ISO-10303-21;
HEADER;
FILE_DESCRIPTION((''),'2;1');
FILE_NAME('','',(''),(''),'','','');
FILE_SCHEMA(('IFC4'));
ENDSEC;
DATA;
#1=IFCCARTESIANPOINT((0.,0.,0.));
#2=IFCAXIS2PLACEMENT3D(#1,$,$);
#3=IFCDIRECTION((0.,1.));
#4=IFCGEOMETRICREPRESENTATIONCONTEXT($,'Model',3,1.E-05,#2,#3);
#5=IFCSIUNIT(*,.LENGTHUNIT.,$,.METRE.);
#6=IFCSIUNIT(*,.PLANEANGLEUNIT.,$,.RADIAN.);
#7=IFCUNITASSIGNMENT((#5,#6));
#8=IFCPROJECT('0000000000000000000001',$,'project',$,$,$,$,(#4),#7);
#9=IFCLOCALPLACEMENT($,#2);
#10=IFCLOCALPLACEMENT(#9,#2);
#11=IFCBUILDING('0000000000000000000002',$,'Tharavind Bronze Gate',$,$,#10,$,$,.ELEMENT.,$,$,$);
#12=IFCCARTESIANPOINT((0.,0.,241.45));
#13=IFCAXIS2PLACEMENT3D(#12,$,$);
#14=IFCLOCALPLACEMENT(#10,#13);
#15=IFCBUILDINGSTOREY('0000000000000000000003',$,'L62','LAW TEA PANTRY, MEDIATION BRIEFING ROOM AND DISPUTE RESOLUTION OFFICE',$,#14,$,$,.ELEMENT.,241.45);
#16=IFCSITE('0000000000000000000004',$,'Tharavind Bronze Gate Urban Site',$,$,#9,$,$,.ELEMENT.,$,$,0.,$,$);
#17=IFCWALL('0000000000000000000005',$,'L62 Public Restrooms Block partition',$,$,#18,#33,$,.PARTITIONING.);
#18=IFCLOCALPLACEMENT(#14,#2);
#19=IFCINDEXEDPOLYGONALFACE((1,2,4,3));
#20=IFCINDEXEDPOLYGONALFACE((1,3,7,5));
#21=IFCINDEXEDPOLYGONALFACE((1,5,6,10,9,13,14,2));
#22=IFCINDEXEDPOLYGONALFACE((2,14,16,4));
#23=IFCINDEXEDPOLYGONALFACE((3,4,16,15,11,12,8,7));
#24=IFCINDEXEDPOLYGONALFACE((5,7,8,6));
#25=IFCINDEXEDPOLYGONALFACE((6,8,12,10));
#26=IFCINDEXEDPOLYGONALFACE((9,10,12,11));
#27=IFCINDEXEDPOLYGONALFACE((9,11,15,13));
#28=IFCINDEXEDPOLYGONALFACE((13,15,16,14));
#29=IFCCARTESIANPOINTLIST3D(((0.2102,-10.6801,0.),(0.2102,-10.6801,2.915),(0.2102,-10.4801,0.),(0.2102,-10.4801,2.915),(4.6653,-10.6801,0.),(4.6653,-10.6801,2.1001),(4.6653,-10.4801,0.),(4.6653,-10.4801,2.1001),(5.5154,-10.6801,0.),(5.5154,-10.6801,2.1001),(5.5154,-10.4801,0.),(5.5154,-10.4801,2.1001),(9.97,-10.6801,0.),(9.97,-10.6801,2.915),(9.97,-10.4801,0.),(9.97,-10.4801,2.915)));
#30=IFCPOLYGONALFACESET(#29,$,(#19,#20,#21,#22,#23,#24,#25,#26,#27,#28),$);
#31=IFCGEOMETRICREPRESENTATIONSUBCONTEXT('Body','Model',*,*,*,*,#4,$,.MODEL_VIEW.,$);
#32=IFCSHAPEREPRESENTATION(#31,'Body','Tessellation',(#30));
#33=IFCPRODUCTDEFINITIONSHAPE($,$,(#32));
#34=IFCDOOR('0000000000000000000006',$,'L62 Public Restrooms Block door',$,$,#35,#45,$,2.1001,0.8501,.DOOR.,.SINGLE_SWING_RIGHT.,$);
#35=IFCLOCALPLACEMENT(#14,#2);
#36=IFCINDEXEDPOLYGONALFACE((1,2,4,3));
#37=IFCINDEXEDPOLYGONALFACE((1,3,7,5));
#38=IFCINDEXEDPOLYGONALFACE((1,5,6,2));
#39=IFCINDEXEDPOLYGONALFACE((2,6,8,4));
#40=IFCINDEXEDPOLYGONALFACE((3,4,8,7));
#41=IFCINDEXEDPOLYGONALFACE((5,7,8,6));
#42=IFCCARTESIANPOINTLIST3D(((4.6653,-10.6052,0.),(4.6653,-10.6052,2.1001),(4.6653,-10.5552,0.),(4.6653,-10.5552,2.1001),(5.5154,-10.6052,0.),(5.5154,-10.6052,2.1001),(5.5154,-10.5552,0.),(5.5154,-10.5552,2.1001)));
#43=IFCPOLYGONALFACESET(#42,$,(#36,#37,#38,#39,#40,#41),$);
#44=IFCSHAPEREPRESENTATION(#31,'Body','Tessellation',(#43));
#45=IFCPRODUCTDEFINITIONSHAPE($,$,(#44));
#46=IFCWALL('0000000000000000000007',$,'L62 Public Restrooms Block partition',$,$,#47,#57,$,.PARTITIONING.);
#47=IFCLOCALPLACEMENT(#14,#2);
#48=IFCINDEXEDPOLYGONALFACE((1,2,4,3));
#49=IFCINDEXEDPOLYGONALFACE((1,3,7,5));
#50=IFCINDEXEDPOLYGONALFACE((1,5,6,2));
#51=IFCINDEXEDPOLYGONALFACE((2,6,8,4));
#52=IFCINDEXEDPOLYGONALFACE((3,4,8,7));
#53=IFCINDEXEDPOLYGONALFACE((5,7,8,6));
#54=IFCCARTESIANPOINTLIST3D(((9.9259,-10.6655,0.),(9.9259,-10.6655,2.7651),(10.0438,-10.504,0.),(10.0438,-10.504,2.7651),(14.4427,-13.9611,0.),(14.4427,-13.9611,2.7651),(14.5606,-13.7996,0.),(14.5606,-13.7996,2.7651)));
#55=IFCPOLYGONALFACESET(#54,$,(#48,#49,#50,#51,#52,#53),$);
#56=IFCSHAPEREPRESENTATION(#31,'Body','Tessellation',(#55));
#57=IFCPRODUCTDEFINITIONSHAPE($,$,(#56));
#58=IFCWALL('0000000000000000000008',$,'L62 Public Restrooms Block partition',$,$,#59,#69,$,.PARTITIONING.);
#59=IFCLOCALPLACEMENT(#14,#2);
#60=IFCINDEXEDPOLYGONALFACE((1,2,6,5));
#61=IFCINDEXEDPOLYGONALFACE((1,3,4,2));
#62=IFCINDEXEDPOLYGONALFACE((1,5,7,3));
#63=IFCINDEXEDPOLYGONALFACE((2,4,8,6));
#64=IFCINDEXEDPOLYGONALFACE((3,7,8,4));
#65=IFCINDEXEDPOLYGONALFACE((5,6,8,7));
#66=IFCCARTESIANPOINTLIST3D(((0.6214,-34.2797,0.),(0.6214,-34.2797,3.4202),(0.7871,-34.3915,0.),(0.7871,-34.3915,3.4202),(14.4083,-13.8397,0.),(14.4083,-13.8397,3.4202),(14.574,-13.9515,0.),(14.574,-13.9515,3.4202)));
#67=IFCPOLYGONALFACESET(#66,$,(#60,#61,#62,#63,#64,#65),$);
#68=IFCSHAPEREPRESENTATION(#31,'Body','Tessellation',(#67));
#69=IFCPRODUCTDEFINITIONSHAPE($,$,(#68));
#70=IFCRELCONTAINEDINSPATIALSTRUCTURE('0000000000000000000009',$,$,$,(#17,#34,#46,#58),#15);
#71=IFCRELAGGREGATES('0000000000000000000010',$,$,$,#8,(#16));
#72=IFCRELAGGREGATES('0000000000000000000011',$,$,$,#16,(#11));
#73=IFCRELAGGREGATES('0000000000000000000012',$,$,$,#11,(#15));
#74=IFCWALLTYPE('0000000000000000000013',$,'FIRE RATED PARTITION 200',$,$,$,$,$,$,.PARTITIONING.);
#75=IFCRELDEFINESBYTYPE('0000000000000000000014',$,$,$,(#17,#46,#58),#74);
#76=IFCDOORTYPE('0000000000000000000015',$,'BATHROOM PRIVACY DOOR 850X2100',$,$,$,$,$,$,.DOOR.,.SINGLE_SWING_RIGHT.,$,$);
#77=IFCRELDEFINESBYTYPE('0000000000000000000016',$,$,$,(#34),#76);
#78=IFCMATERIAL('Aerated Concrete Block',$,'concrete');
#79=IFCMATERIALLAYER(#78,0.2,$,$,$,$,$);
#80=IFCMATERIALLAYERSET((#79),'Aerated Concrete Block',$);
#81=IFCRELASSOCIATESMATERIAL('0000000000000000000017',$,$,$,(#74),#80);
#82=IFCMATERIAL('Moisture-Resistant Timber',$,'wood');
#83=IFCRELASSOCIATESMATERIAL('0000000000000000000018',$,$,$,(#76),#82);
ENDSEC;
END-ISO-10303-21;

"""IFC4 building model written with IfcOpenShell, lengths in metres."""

from ifc_helpers import new_model, si_unit, direction, frame, frame_2d, origin, place, context, subcontext, project, spatial, rectangle, extrude, material, layer, layer_set, type_object, element, fill, save


model = new_model("IFC4")

# Units and contexts
model_context = context("Model", 3, precision=1e-05, world=origin(), true_north=direction((0.0, 1.0)))
body_context = subcontext(model_context, "Body", "Model", "MODEL_VIEW")
ifc_project = project(units=[si_unit("LENGTHUNIT", "METRE"), si_unit("PLANEANGLEUNIT", "RADIAN")], contexts=[model_context])

# Site, building, storey
site_placement = place(None, origin())
site = spatial("IfcSite", under=ifc_project, at=site_placement, Name="Tharavind Bronze Gate Urban Site", CompositionType="ELEMENT", RefElevation=0.0)
building_placement = place(site_placement, origin())
building = spatial("IfcBuilding", under=site, at=building_placement, Name="Tharavind Bronze Gate", CompositionType="ELEMENT")
storey_placement = place(building_placement, frame((0.0, 0.0, 241.45)))
storey = spatial("IfcBuildingStorey", under=building, at=storey_placement, Name="L62", Description="LAW TEA PANTRY, MEDIATION BRIEFING ROOM AND DISPUTE RESOLUTION OFFICE", CompositionType="ELEMENT", Elevation=241.45)

# Shared definitions
ifc_material_1 = material(Name="Aerated Concrete Block", Category="concrete")
ifc_layer_1 = layer(ifc_material_1, 0.2)
ifc_layer_set_1 = layer_set([ifc_layer_1], Name="Aerated Concrete Block")
wall_type = type_object("IfcWallType", Name="FIRE RATED PARTITION 200", PredefinedType="PARTITIONING", material=ifc_layer_set_1)

# Wall, opening, door
wall_1_placement = place(storey_placement, frame((0.2102, -10.5801, 0.0), z_axis=(0.0, 0.0, 1.0), x_axis=(1.0, 0.0, 0.0)))
wall_1 = element("IfcWall", 1, at=wall_1_placement, inside=storey, type_object=wall_type, Name="L62 Public Restrooms Block partition", PredefinedType="PARTITIONING", context=body_context, shape_type="SweptSolid", body=[
    extrude(rectangle(XDim=9.7598, YDim=0.2, at=frame_2d((4.8799, 0.0))), origin(), (0.0, 0.0, 1.0), 2.915),
])
opening_placement = place(wall_1_placement, frame((4.4551, 0.0, 0.0)))
opening = element("IfcOpeningElement", 2, at=opening_placement, cuts=wall_1, PredefinedType="OPENING", context=body_context, shape_type="SweptSolid", body=[
    extrude(rectangle(XDim=0.8501, YDim=2.1001, at=frame_2d((0.425, 1.05))), frame((0.0, 0.1101, 0.0), z_axis=(0.0, -1.0, 0.0), x_axis=(1.0, 0.0, 0.0)), (0.0, 0.0, 1.0), 0.22),
])
ifc_material_2 = material(Name="Moisture-Resistant Timber", Category="wood")
door_type = type_object("IfcDoorType", Name="BATHROOM PRIVACY DOOR 850X2100", OperationType="SINGLE_SWING_RIGHT", PredefinedType="DOOR", material=ifc_material_2)
door_placement = place(opening_placement, origin())
door = element("IfcDoor", 3, at=door_placement, inside=storey, type_object=door_type, Name="L62 Public Restrooms Block door", OperationType="SINGLE_SWING_RIGHT", OverallHeight=2.1001, OverallWidth=0.8501, PredefinedType="DOOR", context=body_context, shape_type="SweptSolid", body=[
    extrude(rectangle(XDim=0.8501, YDim=2.1001, at=frame_2d((0.425, 1.05))), frame((0.0, 0.0249, 0.0), z_axis=(0.0, -1.0, 0.0), x_axis=(1.0, 0.0, 0.0)), (0.0, 0.0, 1.0), 0.05),
])
fill(opening, door)

# Walls
wall_2_placement = place(storey_placement, frame((9.9849, -10.5847, 0.0), z_axis=(0.0, 0.0, 1.0), x_axis=(0.807827, -0.58942, 0.0)))
element("IfcWall", 4, at=wall_2_placement, inside=storey, type_object=wall_type, Name="L62 Public Restrooms Block partition", PredefinedType="PARTITIONING", context=body_context, shape_type="SweptSolid", body=[
    extrude(rectangle(XDim=5.5913, YDim=0.2, at=frame_2d((2.7957, 0.0))), origin(), (0.0, 0.0, 1.0), 2.7651),
])
wall_3_placement = place(storey_placement, frame((14.4912, -13.8955, 0.0), z_axis=(0.0, 0.0, 1.0), x_axis=(-0.559192, -0.829039, 0.0)))
element("IfcWall", 5, at=wall_3_placement, inside=storey, type_object=wall_type, Name="L62 Public Restrooms Block partition", PredefinedType="PARTITIONING", context=body_context, shape_type="SweptSolid", body=[
    extrude(rectangle(XDim=24.655, YDim=0.2, at=frame_2d((12.3276, 0.0))), origin(), (0.0, 0.0, 1.0), 3.4202),
])

save(model, "model.ifc")
